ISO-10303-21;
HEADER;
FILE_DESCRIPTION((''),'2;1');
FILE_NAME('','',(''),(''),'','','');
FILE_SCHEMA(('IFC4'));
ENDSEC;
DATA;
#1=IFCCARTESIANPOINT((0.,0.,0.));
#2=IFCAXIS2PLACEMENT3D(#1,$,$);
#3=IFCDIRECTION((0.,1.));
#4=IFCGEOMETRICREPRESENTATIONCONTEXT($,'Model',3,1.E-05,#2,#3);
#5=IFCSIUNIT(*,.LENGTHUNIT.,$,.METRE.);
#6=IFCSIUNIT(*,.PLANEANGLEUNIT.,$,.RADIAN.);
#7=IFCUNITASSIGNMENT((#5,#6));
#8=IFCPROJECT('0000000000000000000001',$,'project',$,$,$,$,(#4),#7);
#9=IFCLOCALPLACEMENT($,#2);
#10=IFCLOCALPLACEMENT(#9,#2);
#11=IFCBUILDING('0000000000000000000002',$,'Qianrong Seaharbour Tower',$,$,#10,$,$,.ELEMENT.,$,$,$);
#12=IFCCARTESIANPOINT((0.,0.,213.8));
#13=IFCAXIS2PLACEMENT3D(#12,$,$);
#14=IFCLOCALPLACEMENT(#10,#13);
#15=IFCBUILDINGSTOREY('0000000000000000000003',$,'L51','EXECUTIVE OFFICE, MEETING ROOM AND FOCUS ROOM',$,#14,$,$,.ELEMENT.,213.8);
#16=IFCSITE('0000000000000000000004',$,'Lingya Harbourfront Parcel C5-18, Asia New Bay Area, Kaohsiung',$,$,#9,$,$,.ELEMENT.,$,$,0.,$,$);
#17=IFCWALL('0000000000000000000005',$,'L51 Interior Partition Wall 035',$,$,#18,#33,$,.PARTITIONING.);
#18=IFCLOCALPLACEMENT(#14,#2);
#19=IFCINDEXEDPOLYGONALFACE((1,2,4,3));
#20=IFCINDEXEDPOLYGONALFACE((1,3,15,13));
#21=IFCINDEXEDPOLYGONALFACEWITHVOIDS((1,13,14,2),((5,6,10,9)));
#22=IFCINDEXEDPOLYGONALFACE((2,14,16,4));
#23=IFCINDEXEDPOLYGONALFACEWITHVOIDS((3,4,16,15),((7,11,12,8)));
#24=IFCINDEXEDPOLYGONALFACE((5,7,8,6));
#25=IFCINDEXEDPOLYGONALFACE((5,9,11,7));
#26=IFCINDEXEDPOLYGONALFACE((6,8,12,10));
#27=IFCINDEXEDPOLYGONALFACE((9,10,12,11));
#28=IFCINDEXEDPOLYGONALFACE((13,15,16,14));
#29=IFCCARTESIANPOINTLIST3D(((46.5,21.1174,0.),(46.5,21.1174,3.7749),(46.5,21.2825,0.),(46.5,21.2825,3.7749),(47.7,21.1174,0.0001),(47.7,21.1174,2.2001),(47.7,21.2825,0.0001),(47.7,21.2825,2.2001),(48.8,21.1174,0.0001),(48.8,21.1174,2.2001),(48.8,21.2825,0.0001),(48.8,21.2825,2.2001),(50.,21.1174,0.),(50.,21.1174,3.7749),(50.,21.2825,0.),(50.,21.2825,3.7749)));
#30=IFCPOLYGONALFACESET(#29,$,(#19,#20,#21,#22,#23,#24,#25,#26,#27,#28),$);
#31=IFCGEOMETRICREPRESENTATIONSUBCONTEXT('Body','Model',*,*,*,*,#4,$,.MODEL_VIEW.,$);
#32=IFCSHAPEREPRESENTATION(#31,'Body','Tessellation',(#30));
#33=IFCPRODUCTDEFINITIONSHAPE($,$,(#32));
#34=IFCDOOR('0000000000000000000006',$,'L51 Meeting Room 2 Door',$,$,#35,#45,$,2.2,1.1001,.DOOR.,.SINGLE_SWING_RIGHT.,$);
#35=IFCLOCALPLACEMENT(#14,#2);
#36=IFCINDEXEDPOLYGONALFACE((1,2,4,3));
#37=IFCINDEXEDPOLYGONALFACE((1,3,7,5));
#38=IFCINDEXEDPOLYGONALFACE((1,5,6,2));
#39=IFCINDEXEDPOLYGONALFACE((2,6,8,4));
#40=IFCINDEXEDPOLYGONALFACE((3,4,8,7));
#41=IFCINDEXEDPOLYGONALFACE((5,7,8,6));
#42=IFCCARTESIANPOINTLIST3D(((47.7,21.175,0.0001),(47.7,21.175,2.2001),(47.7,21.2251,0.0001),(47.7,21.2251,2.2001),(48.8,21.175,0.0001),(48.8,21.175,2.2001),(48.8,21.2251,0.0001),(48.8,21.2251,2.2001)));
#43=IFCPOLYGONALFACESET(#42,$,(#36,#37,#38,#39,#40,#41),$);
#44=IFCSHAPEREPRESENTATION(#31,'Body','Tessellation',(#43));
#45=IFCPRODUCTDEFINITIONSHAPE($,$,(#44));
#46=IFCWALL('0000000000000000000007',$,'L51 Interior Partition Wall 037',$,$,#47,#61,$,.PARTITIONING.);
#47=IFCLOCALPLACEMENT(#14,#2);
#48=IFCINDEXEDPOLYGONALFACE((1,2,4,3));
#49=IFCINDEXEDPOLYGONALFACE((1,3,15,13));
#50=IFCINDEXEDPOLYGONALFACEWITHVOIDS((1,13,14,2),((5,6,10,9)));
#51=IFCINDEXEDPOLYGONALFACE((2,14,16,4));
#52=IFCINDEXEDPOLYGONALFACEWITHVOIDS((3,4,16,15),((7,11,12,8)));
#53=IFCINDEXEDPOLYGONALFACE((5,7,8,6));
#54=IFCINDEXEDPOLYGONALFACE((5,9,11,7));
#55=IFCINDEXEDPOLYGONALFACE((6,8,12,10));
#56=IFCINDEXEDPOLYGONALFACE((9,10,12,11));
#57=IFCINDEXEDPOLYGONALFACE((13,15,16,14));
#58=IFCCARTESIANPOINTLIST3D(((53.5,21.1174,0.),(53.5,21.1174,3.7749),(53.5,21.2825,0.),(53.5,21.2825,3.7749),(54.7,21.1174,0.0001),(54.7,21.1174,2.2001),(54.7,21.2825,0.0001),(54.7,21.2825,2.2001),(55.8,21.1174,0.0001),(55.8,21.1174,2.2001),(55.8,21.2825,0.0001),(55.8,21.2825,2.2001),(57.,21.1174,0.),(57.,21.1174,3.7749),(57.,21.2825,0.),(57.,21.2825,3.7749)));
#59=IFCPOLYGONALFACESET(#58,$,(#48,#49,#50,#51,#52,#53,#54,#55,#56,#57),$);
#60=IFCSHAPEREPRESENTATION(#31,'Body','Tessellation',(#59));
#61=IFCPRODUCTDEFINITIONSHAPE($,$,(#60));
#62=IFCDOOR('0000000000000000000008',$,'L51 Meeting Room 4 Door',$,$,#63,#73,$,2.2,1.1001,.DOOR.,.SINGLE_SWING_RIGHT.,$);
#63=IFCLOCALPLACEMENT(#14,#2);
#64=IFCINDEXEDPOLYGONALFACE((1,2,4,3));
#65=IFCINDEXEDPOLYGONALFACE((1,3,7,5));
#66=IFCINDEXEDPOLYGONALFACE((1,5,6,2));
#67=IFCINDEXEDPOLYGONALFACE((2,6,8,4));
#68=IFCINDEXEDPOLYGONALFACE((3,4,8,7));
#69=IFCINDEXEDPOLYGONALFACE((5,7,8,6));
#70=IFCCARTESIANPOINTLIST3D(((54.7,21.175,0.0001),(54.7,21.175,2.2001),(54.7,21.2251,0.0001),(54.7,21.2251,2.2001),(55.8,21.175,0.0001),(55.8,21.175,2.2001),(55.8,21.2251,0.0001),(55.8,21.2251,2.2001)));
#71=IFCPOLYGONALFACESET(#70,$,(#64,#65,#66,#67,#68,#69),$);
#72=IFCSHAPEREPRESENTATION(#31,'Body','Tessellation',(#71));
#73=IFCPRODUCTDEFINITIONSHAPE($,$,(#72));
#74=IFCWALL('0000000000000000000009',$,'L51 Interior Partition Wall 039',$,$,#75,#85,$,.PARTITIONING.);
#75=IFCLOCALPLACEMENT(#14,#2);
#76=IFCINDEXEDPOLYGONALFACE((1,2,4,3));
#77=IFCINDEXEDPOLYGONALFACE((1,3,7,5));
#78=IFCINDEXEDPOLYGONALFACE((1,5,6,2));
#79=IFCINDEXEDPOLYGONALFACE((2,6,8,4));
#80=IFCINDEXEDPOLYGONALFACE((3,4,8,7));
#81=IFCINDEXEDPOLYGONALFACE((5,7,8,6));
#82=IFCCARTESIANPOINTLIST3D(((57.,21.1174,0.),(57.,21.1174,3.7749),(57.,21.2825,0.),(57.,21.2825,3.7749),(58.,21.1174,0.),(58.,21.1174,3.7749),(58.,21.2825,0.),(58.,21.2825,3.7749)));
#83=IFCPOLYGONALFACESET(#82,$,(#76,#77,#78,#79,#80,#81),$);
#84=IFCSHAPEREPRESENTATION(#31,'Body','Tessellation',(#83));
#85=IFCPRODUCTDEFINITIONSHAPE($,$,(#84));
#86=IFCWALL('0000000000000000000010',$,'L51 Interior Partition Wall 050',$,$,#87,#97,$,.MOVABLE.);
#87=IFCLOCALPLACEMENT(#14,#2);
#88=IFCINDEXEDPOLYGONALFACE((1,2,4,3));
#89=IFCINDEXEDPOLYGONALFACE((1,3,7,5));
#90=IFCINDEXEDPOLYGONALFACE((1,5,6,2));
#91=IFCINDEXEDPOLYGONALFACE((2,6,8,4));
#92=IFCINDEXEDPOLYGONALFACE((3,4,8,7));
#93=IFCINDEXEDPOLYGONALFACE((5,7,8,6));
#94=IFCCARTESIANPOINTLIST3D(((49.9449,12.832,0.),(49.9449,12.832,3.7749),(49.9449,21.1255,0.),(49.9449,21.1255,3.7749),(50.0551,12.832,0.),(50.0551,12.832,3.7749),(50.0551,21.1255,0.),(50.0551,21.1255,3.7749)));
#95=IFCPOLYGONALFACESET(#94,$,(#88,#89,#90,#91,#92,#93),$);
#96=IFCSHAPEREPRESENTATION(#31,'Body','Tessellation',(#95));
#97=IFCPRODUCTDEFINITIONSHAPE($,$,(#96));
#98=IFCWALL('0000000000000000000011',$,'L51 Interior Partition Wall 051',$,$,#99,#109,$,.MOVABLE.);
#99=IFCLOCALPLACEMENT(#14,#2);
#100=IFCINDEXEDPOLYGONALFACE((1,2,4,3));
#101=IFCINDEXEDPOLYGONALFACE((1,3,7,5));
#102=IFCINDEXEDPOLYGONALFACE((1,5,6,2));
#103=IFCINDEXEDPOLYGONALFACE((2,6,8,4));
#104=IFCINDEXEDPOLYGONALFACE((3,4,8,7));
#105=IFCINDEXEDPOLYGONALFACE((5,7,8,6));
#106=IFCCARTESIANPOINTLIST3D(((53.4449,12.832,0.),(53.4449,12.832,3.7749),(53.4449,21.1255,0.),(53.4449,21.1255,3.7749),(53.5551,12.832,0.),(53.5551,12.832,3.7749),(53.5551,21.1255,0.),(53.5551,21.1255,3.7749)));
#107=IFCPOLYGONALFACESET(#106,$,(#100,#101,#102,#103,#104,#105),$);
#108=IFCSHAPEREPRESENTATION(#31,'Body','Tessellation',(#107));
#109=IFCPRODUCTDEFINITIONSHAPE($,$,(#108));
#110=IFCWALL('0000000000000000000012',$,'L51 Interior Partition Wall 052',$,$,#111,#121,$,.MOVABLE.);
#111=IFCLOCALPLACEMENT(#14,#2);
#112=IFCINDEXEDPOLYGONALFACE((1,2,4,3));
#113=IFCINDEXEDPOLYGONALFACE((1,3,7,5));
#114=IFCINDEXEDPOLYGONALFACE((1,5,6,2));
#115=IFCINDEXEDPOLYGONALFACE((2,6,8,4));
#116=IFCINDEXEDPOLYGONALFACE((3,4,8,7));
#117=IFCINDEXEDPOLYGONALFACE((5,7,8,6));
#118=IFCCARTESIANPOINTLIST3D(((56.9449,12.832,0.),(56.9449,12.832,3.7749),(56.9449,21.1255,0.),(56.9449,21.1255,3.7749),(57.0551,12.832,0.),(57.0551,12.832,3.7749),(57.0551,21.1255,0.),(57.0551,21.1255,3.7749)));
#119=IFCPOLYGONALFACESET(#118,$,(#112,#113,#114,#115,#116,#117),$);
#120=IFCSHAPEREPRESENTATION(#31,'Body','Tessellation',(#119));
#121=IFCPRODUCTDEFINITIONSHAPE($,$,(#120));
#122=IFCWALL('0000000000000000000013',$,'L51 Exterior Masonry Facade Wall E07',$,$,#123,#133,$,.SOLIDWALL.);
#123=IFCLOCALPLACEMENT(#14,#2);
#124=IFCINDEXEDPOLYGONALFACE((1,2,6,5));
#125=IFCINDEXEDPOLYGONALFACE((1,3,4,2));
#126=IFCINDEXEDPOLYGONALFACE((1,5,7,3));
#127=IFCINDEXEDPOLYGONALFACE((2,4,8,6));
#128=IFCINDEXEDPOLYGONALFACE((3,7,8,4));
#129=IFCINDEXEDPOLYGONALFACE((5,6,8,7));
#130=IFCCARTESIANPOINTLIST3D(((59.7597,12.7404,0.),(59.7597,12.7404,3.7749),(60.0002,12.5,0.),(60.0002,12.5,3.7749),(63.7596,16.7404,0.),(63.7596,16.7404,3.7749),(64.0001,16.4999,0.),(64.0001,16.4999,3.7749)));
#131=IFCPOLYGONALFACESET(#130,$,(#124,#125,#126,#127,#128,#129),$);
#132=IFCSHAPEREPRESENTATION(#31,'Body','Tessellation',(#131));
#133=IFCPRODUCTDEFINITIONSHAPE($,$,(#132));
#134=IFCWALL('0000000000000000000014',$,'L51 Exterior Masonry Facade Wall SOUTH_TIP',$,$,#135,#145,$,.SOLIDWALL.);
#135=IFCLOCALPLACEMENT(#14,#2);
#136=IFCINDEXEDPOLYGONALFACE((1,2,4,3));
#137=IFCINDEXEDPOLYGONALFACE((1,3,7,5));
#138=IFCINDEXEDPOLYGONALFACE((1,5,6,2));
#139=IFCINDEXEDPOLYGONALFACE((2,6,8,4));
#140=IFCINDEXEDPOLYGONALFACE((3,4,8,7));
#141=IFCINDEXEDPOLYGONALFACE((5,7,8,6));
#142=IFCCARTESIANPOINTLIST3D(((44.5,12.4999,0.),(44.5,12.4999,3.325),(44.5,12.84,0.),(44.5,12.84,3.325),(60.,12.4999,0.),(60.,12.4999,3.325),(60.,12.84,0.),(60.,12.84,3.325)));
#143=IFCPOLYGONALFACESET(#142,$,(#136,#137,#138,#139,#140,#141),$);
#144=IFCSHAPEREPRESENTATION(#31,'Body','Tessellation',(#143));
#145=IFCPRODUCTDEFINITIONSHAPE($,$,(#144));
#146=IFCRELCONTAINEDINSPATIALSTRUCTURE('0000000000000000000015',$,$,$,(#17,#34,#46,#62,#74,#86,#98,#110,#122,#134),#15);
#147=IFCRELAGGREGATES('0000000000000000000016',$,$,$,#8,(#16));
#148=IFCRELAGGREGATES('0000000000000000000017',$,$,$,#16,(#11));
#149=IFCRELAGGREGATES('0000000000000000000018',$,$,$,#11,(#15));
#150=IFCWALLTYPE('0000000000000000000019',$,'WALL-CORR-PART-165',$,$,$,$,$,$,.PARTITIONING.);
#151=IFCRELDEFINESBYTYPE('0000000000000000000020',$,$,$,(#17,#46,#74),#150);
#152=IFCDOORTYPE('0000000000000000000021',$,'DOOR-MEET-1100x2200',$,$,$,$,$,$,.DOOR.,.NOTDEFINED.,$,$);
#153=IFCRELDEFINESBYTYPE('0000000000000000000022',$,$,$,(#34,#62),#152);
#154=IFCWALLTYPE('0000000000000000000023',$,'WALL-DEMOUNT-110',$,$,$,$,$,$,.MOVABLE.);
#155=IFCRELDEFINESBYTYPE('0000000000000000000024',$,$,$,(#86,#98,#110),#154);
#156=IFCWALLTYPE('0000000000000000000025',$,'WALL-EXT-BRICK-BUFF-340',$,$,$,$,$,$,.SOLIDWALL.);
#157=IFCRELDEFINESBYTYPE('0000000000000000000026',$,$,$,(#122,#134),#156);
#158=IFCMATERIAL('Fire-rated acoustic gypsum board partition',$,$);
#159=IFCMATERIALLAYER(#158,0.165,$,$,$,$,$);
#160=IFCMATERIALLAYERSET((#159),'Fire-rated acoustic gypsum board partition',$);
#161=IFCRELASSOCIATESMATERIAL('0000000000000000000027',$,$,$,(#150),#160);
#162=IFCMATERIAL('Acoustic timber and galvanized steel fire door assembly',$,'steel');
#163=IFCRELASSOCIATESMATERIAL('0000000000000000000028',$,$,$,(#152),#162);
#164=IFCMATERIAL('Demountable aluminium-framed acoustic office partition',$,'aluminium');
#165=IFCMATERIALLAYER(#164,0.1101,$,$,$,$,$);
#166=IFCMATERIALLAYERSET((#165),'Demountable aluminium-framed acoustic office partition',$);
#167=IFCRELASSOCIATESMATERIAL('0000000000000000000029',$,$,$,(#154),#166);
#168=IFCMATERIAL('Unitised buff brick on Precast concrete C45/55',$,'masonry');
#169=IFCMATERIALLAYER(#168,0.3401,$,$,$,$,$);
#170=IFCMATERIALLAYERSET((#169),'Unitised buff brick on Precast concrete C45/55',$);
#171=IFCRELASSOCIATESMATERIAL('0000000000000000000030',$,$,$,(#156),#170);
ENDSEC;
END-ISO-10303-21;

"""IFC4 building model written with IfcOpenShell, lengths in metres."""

from ifc_helpers import new_model, si_unit, direction, frame, frame_2d, origin, place, context, subcontext, project, spatial, rectangle, extrude, material, layer, layer_set, type_object, element, fill, save


model = new_model("IFC4")

# Units and contexts
model_context = context("Model", 3, precision=1e-05, world=origin(), true_north=direction((0.0, 1.0)))
body_context = subcontext(model_context, "Body", "Model", "MODEL_VIEW")
ifc_project = project(units=[si_unit("LENGTHUNIT", "METRE"), si_unit("PLANEANGLEUNIT", "RADIAN")], contexts=[model_context])

# Site, building, storey
site_placement = place(None, origin())
site = spatial("IfcSite", under=ifc_project, at=site_placement, Name="Lingya Harbourfront Parcel C5-18, Asia New Bay Area, Kaohsiung", CompositionType="ELEMENT", RefElevation=0.0)
building_placement = place(site_placement, origin())
building = spatial("IfcBuilding", under=site, at=building_placement, Name="Qianrong Seaharbour Tower", CompositionType="ELEMENT")
storey_placement = place(building_placement, frame((0.0, 0.0, 213.8)))
storey = spatial("IfcBuildingStorey", under=building, at=storey_placement, Name="L51", Description="EXECUTIVE OFFICE, MEETING ROOM AND FOCUS ROOM", CompositionType="ELEMENT", Elevation=213.8)

# Walls, openings, doors
ifc_material_1 = material(Name="Fire-rated acoustic gypsum board partition")
ifc_layer_1 = layer(ifc_material_1, 0.165)
ifc_layer_set_1 = layer_set([ifc_layer_1], Name="Fire-rated acoustic gypsum board partition")
wall_type_1 = type_object("IfcWallType", Name="WALL-CORR-PART-165", PredefinedType="PARTITIONING", material=ifc_layer_set_1)
wall_1_placement = place(storey_placement, frame((50.0, 21.2, 0.0), z_axis=(0.0, 0.0, 1.0), x_axis=(-1.0, 0.0, 0.0)))
wall_1 = element("IfcWall", 1, at=wall_1_placement, inside=storey, type_object=wall_type_1, Name="L51 Interior Partition Wall 035", PredefinedType="PARTITIONING", context=body_context, shape_type="SweptSolid", body=[
    extrude(rectangle(XDim=3.5, YDim=0.165, at=frame_2d((1.75, 0.0))), origin(), (0.0, 0.0, 1.0), 3.7749),
])
opening_1_placement = place(wall_1_placement, frame((1.2, 0.0, 0.0)))
opening_1 = element("IfcOpeningElement", 2, at=opening_1_placement, cuts=wall_1, PredefinedType="OPENING", context=body_context, shape_type="SweptSolid", body=[
    extrude(rectangle(XDim=1.1001, YDim=2.2, at=frame_2d((0.55, 1.1001))), frame((0.0, 0.0925, 0.0), z_axis=(0.0, -1.0, 0.0), x_axis=(1.0, 0.0, 0.0)), (0.0, 0.0, 1.0), 0.1851),
])
ifc_material_2 = material(Name="Acoustic timber and galvanized steel fire door assembly", Category="steel")
door_type_1 = type_object("IfcDoorType", Name="DOOR-MEET-1100x2200", OperationType="NOTDEFINED", PredefinedType="DOOR", material=ifc_material_2)
door_1_placement = place(opening_1_placement, origin())
door_1 = element("IfcDoor", 3, at=door_1_placement, inside=storey, type_object=door_type_1, Name="L51 Meeting Room 2 Door", OperationType="SINGLE_SWING_RIGHT", OverallHeight=2.2, OverallWidth=1.1001, PredefinedType="DOOR", context=body_context, shape_type="SweptSolid", body=[
    extrude(rectangle(XDim=1.1001, YDim=2.2, at=frame_2d((0.55, 1.1001))), frame((0.0, 0.0249, 0.0), z_axis=(0.0, -1.0, 0.0), x_axis=(1.0, 0.0, 0.0)), (0.0, 0.0, 1.0), 0.05),
])
fill(opening_1, door_1)
wall_2_placement = place(storey_placement, frame((57.0, 21.2, 0.0), z_axis=(0.0, 0.0, 1.0), x_axis=(-1.0, 0.0, 0.0)))
wall_2 = element("IfcWall", 4, at=wall_2_placement, inside=storey, type_object=wall_type_1, Name="L51 Interior Partition Wall 037", PredefinedType="PARTITIONING", context=body_context, shape_type="SweptSolid", body=[
    extrude(rectangle(XDim=3.5, YDim=0.165, at=frame_2d((1.75, 0.0))), origin(), (0.0, 0.0, 1.0), 3.7749),
])
opening_2_placement = place(wall_2_placement, frame((1.2, 0.0, 0.0)))
opening_2 = element("IfcOpeningElement", 5, at=opening_2_placement, cuts=wall_2, PredefinedType="OPENING", context=body_context, shape_type="SweptSolid", body=[
    extrude(rectangle(XDim=1.1001, YDim=2.2, at=frame_2d((0.55, 1.1001))), frame((0.0, 0.0925, 0.0), z_axis=(0.0, -1.0, 0.0), x_axis=(1.0, 0.0, 0.0)), (0.0, 0.0, 1.0), 0.1851),
])
door_2_placement = place(opening_2_placement, origin())
door_2 = element("IfcDoor", 6, at=door_2_placement, inside=storey, type_object=door_type_1, Name="L51 Meeting Room 4 Door", OperationType="SINGLE_SWING_RIGHT", OverallHeight=2.2, OverallWidth=1.1001, PredefinedType="DOOR", context=body_context, shape_type="SweptSolid", body=[
    extrude(rectangle(XDim=1.1001, YDim=2.2, at=frame_2d((0.55, 1.1001))), frame((0.0, 0.0249, 0.0), z_axis=(0.0, -1.0, 0.0), x_axis=(1.0, 0.0, 0.0)), (0.0, 0.0, 1.0), 0.05),
])
fill(opening_2, door_2)

# Walls
wall_3_placement = place(storey_placement, frame((58.0, 21.2, 0.0), z_axis=(0.0, 0.0, 1.0), x_axis=(-1.0, 0.0, 0.0)))
element("IfcWall", 7, at=wall_3_placement, inside=storey, type_object=wall_type_1, Name="L51 Interior Partition Wall 039", PredefinedType="PARTITIONING", context=body_context, shape_type="SweptSolid", body=[
    extrude(rectangle(XDim=1.0, YDim=0.165, at=frame_2d((0.5, 0.0))), origin(), (0.0, 0.0, 1.0), 3.7749),
])
ifc_material_3 = material(Name="Demountable aluminium-framed acoustic office partition", Category="aluminium")
ifc_layer_2 = layer(ifc_material_3, 0.1101)
ifc_layer_set_2 = layer_set([ifc_layer_2], Name="Demountable aluminium-framed acoustic office partition")
wall_type_2 = type_object("IfcWallType", Name="WALL-DEMOUNT-110", PredefinedType="MOVABLE", material=ifc_layer_set_2)
for number, where, z_axis, x_axis, name in (
    (8, (50.0, 21.1255, 0.0), (0.0, 0.0, 1.0), (0.0, -1.0, 0.0), "L51 Interior Partition Wall 050"),
    (9, (53.5, 21.1255, 0.0), (0.0, 0.0, 1.0), (0.0, -1.0, 0.0), "L51 Interior Partition Wall 051"),
    (10, (57.0, 21.1255, 0.0), (0.0, 0.0, 1.0), (0.0, -1.0, 0.0), "L51 Interior Partition Wall 052"),
):
    element("IfcWall", number, at=place(storey_placement, frame(where, z_axis=z_axis, x_axis=x_axis)), inside=storey, type_object=wall_type_2, Name=name, PredefinedType="MOVABLE", context=body_context, shape_type="SweptSolid", body=[
        extrude(rectangle(XDim=8.2935, YDim=0.1101, at=frame_2d((4.1467, 0.0))), origin(), (0.0, 0.0, 1.0), 3.7749),
    ])
ifc_material_4 = material(Name="Unitised buff brick on Precast concrete C45/55", Category="masonry")
ifc_layer_3 = layer(ifc_material_4, 0.3401)
ifc_layer_set_3 = layer_set([ifc_layer_3], Name="Unitised buff brick on Precast concrete C45/55")
wall_type_3 = type_object("IfcWallType", Name="WALL-EXT-BRICK-BUFF-340", PredefinedType="SOLIDWALL", material=ifc_layer_set_3)
wall_4_placement = place(storey_placement, frame((63.8799, 16.6201, 0.0), z_axis=(0.0, 0.0, 1.0), x_axis=(-0.707107, -0.707107, 0.0)))
element("IfcWall", 11, at=wall_4_placement, inside=storey, type_object=wall_type_3, Name="L51 Exterior Masonry Facade Wall E07", PredefinedType="SOLIDWALL", context=body_context, shape_type="SweptSolid", body=[
    extrude(rectangle(XDim=5.6567, YDim=0.3401, at=frame_2d((2.8284, 0.0))), origin(), (0.0, 0.0, 1.0), 3.7749),
])
wall_5_placement = place(storey_placement, frame((60.0, 12.6699, 0.0), z_axis=(0.0, 0.0, 1.0), x_axis=(-1.0, 0.0, 0.0)))
element("IfcWall", 12, at=wall_5_placement, inside=storey, type_object=wall_type_3, Name="L51 Exterior Masonry Facade Wall SOUTH_TIP", PredefinedType="SOLIDWALL", context=body_context, shape_type="SweptSolid", body=[
    extrude(rectangle(XDim=15.5, YDim=0.3401, at=frame_2d((7.75, 0.0))), origin(), (0.0, 0.0, 1.0), 3.325),
])

save(model, "model.ifc")
